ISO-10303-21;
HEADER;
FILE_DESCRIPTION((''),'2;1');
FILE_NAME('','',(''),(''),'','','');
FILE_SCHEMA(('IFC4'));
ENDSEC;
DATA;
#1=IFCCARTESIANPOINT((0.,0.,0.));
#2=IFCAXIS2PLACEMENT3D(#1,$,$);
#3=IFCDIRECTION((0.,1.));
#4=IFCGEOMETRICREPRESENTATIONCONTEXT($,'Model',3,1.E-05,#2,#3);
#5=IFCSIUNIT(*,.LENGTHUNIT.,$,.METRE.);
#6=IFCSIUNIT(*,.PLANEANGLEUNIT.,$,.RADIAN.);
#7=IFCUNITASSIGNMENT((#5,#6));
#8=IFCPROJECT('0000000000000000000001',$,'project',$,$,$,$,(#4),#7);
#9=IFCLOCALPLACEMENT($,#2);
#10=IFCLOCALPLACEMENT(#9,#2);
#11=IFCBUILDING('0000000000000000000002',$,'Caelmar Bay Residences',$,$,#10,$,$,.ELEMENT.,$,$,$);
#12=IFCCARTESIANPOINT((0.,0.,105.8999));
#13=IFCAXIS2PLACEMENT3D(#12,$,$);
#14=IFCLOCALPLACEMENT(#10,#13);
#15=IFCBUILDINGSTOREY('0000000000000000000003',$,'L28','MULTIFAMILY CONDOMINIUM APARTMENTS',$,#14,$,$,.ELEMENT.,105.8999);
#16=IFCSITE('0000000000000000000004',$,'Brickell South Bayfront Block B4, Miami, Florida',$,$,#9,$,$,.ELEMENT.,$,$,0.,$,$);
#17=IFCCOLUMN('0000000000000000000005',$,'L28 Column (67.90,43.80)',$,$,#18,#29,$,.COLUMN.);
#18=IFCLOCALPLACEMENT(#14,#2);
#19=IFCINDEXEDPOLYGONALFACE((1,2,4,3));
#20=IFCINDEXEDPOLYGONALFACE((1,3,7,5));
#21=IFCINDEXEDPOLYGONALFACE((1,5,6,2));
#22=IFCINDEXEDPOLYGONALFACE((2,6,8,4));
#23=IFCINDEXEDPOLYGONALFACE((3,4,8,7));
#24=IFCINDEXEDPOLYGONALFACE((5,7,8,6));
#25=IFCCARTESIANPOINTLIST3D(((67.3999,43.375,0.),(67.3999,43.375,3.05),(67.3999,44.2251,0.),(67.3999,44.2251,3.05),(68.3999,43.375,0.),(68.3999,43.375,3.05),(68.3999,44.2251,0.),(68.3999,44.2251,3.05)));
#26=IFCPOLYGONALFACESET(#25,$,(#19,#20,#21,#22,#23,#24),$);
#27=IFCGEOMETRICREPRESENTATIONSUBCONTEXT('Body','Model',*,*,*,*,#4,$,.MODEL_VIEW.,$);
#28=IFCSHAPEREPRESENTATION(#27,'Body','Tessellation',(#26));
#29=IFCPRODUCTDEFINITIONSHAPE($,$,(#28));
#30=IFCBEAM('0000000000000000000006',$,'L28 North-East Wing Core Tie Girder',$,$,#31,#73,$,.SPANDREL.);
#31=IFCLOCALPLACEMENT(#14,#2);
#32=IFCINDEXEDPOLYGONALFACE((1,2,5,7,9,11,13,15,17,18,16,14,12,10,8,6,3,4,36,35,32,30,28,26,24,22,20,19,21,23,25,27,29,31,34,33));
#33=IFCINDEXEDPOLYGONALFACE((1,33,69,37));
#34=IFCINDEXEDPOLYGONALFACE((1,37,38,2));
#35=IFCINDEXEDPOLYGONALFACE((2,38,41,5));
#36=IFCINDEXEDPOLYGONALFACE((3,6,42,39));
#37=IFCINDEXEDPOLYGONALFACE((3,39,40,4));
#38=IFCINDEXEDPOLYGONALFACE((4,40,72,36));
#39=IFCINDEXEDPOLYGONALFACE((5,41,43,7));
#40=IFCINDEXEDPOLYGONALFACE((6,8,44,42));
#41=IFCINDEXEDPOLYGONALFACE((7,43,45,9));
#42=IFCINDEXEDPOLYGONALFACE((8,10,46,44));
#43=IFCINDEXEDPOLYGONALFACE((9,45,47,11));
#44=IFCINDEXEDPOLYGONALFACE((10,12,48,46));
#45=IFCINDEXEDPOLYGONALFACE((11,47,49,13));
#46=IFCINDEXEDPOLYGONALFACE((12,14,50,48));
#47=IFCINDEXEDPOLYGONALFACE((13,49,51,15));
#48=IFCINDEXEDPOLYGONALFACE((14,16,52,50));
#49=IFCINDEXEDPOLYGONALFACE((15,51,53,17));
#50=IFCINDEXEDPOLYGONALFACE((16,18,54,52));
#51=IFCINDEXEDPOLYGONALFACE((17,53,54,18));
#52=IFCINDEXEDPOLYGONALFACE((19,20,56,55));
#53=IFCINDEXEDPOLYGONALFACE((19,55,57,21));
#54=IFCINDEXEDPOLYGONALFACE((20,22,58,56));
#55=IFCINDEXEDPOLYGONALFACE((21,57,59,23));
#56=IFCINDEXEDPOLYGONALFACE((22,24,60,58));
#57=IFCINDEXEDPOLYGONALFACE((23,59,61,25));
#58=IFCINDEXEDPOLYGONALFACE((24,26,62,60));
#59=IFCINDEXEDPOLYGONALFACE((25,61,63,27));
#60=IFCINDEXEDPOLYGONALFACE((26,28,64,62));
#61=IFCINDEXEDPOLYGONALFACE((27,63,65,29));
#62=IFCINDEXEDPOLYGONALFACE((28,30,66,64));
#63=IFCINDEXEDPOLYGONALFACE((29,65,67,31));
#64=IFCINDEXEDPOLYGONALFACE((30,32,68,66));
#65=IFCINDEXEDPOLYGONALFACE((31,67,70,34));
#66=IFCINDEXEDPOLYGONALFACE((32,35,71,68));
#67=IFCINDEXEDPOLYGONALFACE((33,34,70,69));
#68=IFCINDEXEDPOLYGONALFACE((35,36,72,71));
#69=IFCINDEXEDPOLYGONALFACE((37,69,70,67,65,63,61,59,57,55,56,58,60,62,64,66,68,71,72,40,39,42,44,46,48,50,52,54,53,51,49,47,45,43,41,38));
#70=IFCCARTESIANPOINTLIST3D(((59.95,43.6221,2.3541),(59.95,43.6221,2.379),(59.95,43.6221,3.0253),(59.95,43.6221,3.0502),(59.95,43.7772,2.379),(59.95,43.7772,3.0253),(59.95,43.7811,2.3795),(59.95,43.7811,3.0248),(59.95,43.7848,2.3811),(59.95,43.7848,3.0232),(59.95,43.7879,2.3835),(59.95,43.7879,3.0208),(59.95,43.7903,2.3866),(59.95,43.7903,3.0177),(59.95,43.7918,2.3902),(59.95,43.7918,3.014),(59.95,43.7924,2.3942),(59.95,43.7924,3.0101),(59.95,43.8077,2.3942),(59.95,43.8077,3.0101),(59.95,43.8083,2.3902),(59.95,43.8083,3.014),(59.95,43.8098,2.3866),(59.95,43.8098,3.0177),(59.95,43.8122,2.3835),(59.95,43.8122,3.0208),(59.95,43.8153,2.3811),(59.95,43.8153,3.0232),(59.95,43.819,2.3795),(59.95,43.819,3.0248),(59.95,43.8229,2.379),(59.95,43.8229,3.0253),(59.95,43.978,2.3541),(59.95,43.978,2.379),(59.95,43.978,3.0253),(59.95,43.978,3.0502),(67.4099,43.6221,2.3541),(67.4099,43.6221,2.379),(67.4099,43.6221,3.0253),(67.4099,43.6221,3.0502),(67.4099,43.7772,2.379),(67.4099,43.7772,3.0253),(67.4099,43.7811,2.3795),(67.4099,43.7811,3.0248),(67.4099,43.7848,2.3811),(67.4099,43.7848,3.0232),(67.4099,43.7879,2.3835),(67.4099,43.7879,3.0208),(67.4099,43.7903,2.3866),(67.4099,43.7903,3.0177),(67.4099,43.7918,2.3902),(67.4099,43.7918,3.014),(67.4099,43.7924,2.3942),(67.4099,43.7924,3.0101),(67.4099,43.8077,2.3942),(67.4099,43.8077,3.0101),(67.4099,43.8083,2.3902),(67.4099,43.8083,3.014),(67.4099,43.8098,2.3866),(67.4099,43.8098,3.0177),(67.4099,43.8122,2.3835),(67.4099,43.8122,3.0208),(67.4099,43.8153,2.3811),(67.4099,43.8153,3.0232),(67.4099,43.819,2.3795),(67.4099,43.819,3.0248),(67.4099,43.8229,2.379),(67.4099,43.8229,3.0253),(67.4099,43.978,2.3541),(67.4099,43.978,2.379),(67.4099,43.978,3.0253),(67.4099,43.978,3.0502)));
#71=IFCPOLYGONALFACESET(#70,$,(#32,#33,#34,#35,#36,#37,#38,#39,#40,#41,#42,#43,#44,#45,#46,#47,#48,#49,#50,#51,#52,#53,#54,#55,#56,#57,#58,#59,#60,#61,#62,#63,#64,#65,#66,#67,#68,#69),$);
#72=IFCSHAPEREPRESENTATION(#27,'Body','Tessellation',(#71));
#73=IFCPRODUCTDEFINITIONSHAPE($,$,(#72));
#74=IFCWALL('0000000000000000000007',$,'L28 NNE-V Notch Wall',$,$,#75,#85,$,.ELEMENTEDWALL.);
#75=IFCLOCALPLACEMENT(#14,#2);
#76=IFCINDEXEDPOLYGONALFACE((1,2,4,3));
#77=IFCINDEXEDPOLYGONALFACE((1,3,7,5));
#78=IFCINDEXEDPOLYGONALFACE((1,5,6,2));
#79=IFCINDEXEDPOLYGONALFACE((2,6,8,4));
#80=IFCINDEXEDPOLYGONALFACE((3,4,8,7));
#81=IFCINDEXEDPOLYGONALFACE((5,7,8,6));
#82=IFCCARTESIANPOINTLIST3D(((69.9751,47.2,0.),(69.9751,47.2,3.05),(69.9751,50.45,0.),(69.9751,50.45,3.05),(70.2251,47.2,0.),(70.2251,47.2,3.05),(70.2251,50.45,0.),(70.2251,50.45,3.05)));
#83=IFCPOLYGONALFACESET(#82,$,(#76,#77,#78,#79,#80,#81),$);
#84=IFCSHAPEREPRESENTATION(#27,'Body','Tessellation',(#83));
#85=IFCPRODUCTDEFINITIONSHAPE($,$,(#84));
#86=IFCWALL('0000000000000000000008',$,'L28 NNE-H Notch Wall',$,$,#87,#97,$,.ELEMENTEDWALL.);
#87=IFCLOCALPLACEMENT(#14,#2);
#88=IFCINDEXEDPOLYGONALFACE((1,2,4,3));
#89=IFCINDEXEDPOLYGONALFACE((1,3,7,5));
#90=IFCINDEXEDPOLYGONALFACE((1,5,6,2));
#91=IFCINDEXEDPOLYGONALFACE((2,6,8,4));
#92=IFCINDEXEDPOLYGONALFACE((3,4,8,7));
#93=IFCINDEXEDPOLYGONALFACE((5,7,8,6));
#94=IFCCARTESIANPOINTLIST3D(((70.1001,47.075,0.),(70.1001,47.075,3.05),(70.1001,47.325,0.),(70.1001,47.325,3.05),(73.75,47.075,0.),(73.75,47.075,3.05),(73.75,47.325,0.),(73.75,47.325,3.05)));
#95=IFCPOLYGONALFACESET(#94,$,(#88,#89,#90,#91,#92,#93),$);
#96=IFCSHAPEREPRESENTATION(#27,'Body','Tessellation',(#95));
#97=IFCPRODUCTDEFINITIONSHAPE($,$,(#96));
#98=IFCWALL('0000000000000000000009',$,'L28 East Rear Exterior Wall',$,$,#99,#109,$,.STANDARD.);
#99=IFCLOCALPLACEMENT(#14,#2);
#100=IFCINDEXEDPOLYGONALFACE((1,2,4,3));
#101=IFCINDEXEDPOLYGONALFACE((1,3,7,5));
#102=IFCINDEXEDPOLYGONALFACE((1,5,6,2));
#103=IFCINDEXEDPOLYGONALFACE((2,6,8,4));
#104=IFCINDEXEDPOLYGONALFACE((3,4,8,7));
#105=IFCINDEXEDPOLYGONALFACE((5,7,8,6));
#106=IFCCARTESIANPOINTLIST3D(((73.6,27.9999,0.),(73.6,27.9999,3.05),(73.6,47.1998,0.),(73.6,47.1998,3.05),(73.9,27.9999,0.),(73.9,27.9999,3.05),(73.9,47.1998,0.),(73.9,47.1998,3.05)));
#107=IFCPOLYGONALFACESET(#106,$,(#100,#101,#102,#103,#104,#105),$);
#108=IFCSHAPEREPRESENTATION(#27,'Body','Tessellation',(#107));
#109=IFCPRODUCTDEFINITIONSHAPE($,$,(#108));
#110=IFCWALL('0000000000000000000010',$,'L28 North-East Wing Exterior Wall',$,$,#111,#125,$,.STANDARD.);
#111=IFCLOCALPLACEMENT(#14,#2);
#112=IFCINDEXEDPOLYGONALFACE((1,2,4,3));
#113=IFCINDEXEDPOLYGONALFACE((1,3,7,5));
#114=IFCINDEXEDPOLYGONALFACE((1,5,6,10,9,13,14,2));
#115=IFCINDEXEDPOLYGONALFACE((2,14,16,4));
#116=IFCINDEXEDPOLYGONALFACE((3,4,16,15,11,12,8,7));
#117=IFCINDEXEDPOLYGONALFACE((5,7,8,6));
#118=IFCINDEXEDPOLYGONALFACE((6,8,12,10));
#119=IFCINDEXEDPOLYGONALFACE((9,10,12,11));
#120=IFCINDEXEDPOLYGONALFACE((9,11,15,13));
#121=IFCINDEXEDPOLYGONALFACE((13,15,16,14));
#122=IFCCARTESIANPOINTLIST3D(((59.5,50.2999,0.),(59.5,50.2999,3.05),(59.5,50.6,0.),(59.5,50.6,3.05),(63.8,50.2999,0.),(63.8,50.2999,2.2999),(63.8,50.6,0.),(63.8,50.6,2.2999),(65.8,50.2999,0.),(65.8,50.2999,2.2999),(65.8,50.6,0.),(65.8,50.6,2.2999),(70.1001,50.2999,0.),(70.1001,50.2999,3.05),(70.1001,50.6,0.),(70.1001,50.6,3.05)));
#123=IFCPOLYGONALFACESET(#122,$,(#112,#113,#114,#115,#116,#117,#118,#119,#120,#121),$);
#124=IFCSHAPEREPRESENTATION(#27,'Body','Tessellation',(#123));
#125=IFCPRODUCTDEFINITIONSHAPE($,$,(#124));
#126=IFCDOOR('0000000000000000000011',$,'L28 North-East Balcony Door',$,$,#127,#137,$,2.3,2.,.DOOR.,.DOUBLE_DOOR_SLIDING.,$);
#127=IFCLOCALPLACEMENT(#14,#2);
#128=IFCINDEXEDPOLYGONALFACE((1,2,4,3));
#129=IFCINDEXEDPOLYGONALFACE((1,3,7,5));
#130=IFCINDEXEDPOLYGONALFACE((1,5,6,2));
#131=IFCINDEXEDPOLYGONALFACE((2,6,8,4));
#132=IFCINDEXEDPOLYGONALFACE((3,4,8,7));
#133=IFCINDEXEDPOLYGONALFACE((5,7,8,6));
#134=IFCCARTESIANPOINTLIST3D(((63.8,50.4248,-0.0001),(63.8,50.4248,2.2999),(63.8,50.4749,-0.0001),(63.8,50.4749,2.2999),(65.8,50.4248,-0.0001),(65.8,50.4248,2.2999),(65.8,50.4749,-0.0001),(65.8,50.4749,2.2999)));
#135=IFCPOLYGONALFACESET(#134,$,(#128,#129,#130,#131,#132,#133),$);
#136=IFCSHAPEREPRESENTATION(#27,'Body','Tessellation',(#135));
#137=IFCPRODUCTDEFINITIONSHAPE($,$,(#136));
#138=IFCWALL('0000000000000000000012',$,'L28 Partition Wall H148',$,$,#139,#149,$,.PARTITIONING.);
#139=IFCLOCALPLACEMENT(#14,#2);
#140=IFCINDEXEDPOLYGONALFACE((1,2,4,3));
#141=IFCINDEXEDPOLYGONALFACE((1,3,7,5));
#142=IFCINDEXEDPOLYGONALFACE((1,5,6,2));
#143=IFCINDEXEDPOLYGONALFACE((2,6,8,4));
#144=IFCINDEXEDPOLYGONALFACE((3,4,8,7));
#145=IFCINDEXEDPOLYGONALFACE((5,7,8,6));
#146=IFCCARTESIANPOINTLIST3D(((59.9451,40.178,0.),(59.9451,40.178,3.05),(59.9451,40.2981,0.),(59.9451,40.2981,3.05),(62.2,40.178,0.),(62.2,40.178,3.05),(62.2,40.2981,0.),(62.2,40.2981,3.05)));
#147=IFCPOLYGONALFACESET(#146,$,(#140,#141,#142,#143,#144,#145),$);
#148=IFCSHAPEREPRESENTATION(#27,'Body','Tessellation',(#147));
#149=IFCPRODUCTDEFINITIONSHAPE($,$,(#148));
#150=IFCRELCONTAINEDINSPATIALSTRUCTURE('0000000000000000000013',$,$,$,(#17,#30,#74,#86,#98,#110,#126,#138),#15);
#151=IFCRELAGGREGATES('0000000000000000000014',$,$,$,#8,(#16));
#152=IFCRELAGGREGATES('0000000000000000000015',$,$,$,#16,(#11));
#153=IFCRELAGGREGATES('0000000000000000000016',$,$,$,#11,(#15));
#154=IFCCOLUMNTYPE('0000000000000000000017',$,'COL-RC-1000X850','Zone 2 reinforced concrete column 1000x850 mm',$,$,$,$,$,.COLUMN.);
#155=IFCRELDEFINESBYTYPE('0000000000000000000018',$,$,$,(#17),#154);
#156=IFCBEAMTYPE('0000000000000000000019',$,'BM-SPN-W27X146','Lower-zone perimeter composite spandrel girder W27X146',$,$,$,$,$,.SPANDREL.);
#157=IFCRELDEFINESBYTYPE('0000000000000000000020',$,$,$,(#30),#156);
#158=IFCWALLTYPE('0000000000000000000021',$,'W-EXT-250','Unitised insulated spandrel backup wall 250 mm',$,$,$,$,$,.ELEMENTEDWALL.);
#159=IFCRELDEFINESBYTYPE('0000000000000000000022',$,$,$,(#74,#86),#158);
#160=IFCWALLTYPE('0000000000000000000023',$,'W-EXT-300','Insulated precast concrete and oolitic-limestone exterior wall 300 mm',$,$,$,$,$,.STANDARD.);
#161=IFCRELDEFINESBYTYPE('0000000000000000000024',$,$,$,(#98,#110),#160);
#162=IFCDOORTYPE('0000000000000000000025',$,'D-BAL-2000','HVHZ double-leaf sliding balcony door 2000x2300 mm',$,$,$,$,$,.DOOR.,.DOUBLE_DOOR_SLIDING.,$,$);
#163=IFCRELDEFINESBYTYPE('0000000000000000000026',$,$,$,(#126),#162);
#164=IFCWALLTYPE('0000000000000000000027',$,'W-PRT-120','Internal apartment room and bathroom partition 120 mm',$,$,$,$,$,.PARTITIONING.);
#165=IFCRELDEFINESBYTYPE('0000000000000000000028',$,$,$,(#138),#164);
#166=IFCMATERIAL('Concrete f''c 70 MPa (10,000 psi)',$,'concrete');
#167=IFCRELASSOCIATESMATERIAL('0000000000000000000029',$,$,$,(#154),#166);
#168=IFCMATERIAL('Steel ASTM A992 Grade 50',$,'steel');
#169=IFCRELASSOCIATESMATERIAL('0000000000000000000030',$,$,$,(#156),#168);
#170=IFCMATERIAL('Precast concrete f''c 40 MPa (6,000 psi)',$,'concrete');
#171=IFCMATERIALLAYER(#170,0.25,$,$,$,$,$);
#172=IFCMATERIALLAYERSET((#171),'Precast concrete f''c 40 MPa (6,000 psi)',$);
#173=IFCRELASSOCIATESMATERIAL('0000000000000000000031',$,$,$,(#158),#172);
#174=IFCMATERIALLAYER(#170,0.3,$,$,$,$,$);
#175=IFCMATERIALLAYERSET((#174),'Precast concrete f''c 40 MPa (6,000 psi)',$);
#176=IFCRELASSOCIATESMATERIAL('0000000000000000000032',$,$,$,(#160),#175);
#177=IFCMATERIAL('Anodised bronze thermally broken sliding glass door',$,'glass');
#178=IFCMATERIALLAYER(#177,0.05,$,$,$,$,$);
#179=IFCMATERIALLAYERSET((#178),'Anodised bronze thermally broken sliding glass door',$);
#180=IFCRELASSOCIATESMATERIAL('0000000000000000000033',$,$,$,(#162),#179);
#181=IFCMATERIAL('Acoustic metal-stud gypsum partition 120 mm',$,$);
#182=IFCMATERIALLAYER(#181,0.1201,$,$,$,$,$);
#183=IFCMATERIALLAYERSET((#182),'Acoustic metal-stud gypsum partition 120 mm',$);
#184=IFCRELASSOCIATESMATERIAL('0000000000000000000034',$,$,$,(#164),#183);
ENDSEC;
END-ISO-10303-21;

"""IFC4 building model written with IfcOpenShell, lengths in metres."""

from ifc_helpers import new_model, si_unit, direction, frame, frame_2d, origin, origin_2d, place, context, subcontext, project, spatial, rectangle, i_section, extrude, material, layer, layer_set, material_profile, profile_set, type_object, element, fill, save


model = new_model("IFC4")

# Units and contexts
model_context = context("Model", 3, precision=1e-05, world=origin(), true_north=direction((0.0, 1.0)))
body_context = subcontext(model_context, "Body", "Model", "MODEL_VIEW")
ifc_project = project(units=[si_unit("LENGTHUNIT", "METRE"), si_unit("PLANEANGLEUNIT", "RADIAN")], contexts=[model_context])

# Site, building, storey
site_placement = place(None, origin())
site = spatial("IfcSite", under=ifc_project, at=site_placement, Name="Brickell South Bayfront Block B4, Miami, Florida", CompositionType="ELEMENT", RefElevation=0.0)
building_placement = place(site_placement, origin())
building = spatial("IfcBuilding", under=site, at=building_placement, Name="Caelmar Bay Residences", CompositionType="ELEMENT")
storey_placement = place(building_placement, frame((0.0, 0.0, 105.8999)))
storey = spatial("IfcBuildingStorey", under=building, at=storey_placement, Name="L28", Description="MULTIFAMILY CONDOMINIUM APARTMENTS", CompositionType="ELEMENT", Elevation=105.8999)

# Column
ifc_material_1 = material(Name="Concrete f'c 70 MPa (10,000 psi)", Category="concrete")
ifc_material_profile_1 = material_profile(ifc_material_1, rectangle(XDim=1.0, YDim=0.8501, at=origin_2d()), Name="RC-COL-1000X850")
ifc_profile_set_1 = profile_set([ifc_material_profile_1], Name="Concrete f'c 70 MPa (10,000 psi)")
column_type = type_object("IfcColumnType", Name="COL-RC-1000X850", Description="Zone 2 reinforced concrete column 1000x850 mm", PredefinedType="COLUMN", material=ifc_profile_set_1)
column_placement = place(storey_placement, frame((67.8999, 43.8, 0.0), z_axis=(0.0, 0.0, 1.0), x_axis=(1.0, 0.0, 0.0)))
element("IfcColumn", 1, at=column_placement, inside=storey, type_object=column_type, Name="L28 Column (67.90,43.80)", PredefinedType="COLUMN", context=body_context, shape_type="SweptSolid", body=[
    extrude(rectangle(XDim=1.0, YDim=0.8501, at=origin_2d()), origin(), (0.0, 0.0, 1.0), 3.05),
])

# Beam
ifc_material_2 = material(Name="Steel ASTM A992 Grade 50", Category="steel")
ifc_material_profile_2 = material_profile(ifc_material_2, i_section(OverallWidth=0.356, OverallDepth=0.696, WebThickness=0.0154, FlangeThickness=0.0249, FilletRadius=0.0151, at=origin_2d()), Name="W27X146")
ifc_profile_set_2 = profile_set([ifc_material_profile_2], Name="Steel ASTM A992 Grade 50")
beam_type = type_object("IfcBeamType", Name="BM-SPN-W27X146", Description="Lower-zone perimeter composite spandrel girder W27X146", PredefinedType="SPANDREL", material=ifc_profile_set_2)
beam_placement = place(storey_placement, frame((59.95, 43.8, 2.7021), z_axis=(1.0, 0.0, 0.0), x_axis=(0.0, 1.0, 0.0)))
element("IfcBeam", 2, at=beam_placement, inside=storey, type_object=beam_type, Name="L28 North-East Wing Core Tie Girder", PredefinedType="SPANDREL", context=body_context, shape_type="SweptSolid", body=[
    extrude(i_section(OverallWidth=0.356, OverallDepth=0.696, WebThickness=0.0154, FlangeThickness=0.0249, FilletRadius=0.0151, at=origin_2d()), origin(), (0.0, 0.0, 1.0), 7.46),
])

# Walls
ifc_material_3 = material(Name="Precast concrete f'c 40 MPa (6,000 psi)", Category="concrete")
ifc_layer_1 = layer(ifc_material_3, 0.25)
ifc_layer_set_1 = layer_set([ifc_layer_1], Name="Precast concrete f'c 40 MPa (6,000 psi)")
wall_type_1 = type_object("IfcWallType", Name="W-EXT-250", Description="Unitised insulated spandrel backup wall 250 mm", PredefinedType="ELEMENTEDWALL", material=ifc_layer_set_1)
wall_1_placement = place(storey_placement, frame((70.1001, 50.45, 0.0), z_axis=(0.0, 0.0, 1.0), x_axis=(0.0, -1.0, 0.0)))
element("IfcWall", 3, at=wall_1_placement, inside=storey, type_object=wall_type_1, Name="L28 NNE-V Notch Wall", PredefinedType="ELEMENTEDWALL", context=body_context, shape_type="SweptSolid", body=[
    extrude(rectangle(XDim=3.25, YDim=0.25, at=frame_2d((1.625, 0.0))), origin(), (0.0, 0.0, 1.0), 3.05),
])
wall_2_placement = place(storey_placement, frame((70.1001, 47.2, 0.0), z_axis=(0.0, 0.0, 1.0), x_axis=(1.0, 0.0, 0.0)))
element("IfcWall", 4, at=wall_2_placement, inside=storey, type_object=wall_type_1, Name="L28 NNE-H Notch Wall", PredefinedType="ELEMENTEDWALL", context=body_context, shape_type="SweptSolid", body=[
    extrude(rectangle(XDim=3.6499, YDim=0.25, at=frame_2d((1.825, 0.0))), origin(), (0.0, 0.0, 1.0), 3.05),
])
ifc_layer_2 = layer(ifc_material_3, 0.3)
ifc_layer_set_2 = layer_set([ifc_layer_2], Name="Precast concrete f'c 40 MPa (6,000 psi)")
wall_type_2 = type_object("IfcWallType", Name="W-EXT-300", Description="Insulated precast concrete and oolitic-limestone exterior wall 300 mm", PredefinedType="STANDARD", material=ifc_layer_set_2)
wall_3_placement = place(storey_placement, frame((73.75, 47.2, 0.0), z_axis=(0.0, 0.0, 1.0), x_axis=(0.0, -1.0, 0.0)))
element("IfcWall", 5, at=wall_3_placement, inside=storey, type_object=wall_type_2, Name="L28 East Rear Exterior Wall", PredefinedType="STANDARD", context=body_context, shape_type="SweptSolid", body=[
    extrude(rectangle(XDim=19.2, YDim=0.3, at=frame_2d((9.6001, 0.0))), origin(), (0.0, 0.0, 1.0), 3.05),
])

# Wall, opening, door
wall_4_placement = place(storey_placement, frame((59.5, 50.45, 0.0), z_axis=(0.0, 0.0, 1.0), x_axis=(1.0, 0.0, 0.0)))
wall_4 = element("IfcWall", 6, at=wall_4_placement, inside=storey, type_object=wall_type_2, Name="L28 North-East Wing Exterior Wall", PredefinedType="STANDARD", context=body_context, shape_type="SweptSolid", body=[
    extrude(rectangle(XDim=10.6001, YDim=0.3, at=frame_2d((5.3, 0.0))), origin(), (0.0, 0.0, 1.0), 3.05),
])
opening_1_placement = place(wall_4_placement, frame((4.3, 0.0, 0.0)))
opening_1 = element("IfcOpeningElement", 7, at=opening_1_placement, cuts=wall_4, PredefinedType="OPENING", context=body_context, shape_type="SweptSolid", body=[
    extrude(rectangle(XDim=2.0, YDim=2.3, at=frame_2d((1.0, 1.1499))), frame((0.0, 0.1599, 0.0), z_axis=(0.0, -1.0, 0.0), x_axis=(1.0, 0.0, 0.0)), (0.0, 0.0, 1.0), 0.3201),
])
ifc_material_4 = material(Name="Anodised bronze thermally broken sliding glass door", Category="glass")
ifc_layer_3 = layer(ifc_material_4, 0.05)
ifc_layer_set_3 = layer_set([ifc_layer_3], Name="Anodised bronze thermally broken sliding glass door")
door_type_1 = type_object("IfcDoorType", Name="D-BAL-2000", Description="HVHZ double-leaf sliding balcony door 2000x2300 mm", OperationType="DOUBLE_DOOR_SLIDING", PredefinedType="DOOR", material=ifc_layer_set_3)
door_1_placement = place(opening_1_placement, origin())
door_1 = element("IfcDoor", 8, at=door_1_placement, inside=storey, type_object=door_type_1, Name="L28 North-East Balcony Door", OperationType="DOUBLE_DOOR_SLIDING", OverallHeight=2.3, OverallWidth=2.0, PredefinedType="DOOR", context=body_context, shape_type="SweptSolid", body=[
    extrude(rectangle(XDim=2.0, YDim=2.3, at=frame_2d((1.0, 1.1499))), frame((0.0, 0.0249, 0.0), z_axis=(0.0, -1.0, 0.0), x_axis=(1.0, 0.0, 0.0)), (0.0, 0.0, 1.0), 0.05),
])
fill(opening_1, door_1)
ifc_material_5 = material(Name="Acoustic metal-stud gypsum partition 120 mm")
ifc_layer_4 = layer(ifc_material_5, 0.1201)
ifc_layer_set_4 = layer_set([ifc_layer_4], Name="Acoustic metal-stud gypsum partition 120 mm")
wall_type_3 = type_object("IfcWallType", Name="W-PRT-120", Description="Internal apartment room and bathroom partition 120 mm", PredefinedType="PARTITIONING", material=ifc_layer_set_4)

# Wall
wall_5_placement = place(storey_placement, frame((59.9451, 40.238, 0.0), z_axis=(0.0, 0.0, 1.0), x_axis=(1.0, 0.0, 0.0)))
element("IfcWall", 9, at=wall_5_placement, inside=storey, type_object=wall_type_3, Name="L28 Partition Wall H148", PredefinedType="PARTITIONING", context=body_context, shape_type="SweptSolid", body=[
    extrude(rectangle(XDim=2.2549, YDim=0.1201, at=frame_2d((1.1274, 0.0))), origin(), (0.0, 0.0, 1.0), 3.05),
])

save(model, "model.ifc")
